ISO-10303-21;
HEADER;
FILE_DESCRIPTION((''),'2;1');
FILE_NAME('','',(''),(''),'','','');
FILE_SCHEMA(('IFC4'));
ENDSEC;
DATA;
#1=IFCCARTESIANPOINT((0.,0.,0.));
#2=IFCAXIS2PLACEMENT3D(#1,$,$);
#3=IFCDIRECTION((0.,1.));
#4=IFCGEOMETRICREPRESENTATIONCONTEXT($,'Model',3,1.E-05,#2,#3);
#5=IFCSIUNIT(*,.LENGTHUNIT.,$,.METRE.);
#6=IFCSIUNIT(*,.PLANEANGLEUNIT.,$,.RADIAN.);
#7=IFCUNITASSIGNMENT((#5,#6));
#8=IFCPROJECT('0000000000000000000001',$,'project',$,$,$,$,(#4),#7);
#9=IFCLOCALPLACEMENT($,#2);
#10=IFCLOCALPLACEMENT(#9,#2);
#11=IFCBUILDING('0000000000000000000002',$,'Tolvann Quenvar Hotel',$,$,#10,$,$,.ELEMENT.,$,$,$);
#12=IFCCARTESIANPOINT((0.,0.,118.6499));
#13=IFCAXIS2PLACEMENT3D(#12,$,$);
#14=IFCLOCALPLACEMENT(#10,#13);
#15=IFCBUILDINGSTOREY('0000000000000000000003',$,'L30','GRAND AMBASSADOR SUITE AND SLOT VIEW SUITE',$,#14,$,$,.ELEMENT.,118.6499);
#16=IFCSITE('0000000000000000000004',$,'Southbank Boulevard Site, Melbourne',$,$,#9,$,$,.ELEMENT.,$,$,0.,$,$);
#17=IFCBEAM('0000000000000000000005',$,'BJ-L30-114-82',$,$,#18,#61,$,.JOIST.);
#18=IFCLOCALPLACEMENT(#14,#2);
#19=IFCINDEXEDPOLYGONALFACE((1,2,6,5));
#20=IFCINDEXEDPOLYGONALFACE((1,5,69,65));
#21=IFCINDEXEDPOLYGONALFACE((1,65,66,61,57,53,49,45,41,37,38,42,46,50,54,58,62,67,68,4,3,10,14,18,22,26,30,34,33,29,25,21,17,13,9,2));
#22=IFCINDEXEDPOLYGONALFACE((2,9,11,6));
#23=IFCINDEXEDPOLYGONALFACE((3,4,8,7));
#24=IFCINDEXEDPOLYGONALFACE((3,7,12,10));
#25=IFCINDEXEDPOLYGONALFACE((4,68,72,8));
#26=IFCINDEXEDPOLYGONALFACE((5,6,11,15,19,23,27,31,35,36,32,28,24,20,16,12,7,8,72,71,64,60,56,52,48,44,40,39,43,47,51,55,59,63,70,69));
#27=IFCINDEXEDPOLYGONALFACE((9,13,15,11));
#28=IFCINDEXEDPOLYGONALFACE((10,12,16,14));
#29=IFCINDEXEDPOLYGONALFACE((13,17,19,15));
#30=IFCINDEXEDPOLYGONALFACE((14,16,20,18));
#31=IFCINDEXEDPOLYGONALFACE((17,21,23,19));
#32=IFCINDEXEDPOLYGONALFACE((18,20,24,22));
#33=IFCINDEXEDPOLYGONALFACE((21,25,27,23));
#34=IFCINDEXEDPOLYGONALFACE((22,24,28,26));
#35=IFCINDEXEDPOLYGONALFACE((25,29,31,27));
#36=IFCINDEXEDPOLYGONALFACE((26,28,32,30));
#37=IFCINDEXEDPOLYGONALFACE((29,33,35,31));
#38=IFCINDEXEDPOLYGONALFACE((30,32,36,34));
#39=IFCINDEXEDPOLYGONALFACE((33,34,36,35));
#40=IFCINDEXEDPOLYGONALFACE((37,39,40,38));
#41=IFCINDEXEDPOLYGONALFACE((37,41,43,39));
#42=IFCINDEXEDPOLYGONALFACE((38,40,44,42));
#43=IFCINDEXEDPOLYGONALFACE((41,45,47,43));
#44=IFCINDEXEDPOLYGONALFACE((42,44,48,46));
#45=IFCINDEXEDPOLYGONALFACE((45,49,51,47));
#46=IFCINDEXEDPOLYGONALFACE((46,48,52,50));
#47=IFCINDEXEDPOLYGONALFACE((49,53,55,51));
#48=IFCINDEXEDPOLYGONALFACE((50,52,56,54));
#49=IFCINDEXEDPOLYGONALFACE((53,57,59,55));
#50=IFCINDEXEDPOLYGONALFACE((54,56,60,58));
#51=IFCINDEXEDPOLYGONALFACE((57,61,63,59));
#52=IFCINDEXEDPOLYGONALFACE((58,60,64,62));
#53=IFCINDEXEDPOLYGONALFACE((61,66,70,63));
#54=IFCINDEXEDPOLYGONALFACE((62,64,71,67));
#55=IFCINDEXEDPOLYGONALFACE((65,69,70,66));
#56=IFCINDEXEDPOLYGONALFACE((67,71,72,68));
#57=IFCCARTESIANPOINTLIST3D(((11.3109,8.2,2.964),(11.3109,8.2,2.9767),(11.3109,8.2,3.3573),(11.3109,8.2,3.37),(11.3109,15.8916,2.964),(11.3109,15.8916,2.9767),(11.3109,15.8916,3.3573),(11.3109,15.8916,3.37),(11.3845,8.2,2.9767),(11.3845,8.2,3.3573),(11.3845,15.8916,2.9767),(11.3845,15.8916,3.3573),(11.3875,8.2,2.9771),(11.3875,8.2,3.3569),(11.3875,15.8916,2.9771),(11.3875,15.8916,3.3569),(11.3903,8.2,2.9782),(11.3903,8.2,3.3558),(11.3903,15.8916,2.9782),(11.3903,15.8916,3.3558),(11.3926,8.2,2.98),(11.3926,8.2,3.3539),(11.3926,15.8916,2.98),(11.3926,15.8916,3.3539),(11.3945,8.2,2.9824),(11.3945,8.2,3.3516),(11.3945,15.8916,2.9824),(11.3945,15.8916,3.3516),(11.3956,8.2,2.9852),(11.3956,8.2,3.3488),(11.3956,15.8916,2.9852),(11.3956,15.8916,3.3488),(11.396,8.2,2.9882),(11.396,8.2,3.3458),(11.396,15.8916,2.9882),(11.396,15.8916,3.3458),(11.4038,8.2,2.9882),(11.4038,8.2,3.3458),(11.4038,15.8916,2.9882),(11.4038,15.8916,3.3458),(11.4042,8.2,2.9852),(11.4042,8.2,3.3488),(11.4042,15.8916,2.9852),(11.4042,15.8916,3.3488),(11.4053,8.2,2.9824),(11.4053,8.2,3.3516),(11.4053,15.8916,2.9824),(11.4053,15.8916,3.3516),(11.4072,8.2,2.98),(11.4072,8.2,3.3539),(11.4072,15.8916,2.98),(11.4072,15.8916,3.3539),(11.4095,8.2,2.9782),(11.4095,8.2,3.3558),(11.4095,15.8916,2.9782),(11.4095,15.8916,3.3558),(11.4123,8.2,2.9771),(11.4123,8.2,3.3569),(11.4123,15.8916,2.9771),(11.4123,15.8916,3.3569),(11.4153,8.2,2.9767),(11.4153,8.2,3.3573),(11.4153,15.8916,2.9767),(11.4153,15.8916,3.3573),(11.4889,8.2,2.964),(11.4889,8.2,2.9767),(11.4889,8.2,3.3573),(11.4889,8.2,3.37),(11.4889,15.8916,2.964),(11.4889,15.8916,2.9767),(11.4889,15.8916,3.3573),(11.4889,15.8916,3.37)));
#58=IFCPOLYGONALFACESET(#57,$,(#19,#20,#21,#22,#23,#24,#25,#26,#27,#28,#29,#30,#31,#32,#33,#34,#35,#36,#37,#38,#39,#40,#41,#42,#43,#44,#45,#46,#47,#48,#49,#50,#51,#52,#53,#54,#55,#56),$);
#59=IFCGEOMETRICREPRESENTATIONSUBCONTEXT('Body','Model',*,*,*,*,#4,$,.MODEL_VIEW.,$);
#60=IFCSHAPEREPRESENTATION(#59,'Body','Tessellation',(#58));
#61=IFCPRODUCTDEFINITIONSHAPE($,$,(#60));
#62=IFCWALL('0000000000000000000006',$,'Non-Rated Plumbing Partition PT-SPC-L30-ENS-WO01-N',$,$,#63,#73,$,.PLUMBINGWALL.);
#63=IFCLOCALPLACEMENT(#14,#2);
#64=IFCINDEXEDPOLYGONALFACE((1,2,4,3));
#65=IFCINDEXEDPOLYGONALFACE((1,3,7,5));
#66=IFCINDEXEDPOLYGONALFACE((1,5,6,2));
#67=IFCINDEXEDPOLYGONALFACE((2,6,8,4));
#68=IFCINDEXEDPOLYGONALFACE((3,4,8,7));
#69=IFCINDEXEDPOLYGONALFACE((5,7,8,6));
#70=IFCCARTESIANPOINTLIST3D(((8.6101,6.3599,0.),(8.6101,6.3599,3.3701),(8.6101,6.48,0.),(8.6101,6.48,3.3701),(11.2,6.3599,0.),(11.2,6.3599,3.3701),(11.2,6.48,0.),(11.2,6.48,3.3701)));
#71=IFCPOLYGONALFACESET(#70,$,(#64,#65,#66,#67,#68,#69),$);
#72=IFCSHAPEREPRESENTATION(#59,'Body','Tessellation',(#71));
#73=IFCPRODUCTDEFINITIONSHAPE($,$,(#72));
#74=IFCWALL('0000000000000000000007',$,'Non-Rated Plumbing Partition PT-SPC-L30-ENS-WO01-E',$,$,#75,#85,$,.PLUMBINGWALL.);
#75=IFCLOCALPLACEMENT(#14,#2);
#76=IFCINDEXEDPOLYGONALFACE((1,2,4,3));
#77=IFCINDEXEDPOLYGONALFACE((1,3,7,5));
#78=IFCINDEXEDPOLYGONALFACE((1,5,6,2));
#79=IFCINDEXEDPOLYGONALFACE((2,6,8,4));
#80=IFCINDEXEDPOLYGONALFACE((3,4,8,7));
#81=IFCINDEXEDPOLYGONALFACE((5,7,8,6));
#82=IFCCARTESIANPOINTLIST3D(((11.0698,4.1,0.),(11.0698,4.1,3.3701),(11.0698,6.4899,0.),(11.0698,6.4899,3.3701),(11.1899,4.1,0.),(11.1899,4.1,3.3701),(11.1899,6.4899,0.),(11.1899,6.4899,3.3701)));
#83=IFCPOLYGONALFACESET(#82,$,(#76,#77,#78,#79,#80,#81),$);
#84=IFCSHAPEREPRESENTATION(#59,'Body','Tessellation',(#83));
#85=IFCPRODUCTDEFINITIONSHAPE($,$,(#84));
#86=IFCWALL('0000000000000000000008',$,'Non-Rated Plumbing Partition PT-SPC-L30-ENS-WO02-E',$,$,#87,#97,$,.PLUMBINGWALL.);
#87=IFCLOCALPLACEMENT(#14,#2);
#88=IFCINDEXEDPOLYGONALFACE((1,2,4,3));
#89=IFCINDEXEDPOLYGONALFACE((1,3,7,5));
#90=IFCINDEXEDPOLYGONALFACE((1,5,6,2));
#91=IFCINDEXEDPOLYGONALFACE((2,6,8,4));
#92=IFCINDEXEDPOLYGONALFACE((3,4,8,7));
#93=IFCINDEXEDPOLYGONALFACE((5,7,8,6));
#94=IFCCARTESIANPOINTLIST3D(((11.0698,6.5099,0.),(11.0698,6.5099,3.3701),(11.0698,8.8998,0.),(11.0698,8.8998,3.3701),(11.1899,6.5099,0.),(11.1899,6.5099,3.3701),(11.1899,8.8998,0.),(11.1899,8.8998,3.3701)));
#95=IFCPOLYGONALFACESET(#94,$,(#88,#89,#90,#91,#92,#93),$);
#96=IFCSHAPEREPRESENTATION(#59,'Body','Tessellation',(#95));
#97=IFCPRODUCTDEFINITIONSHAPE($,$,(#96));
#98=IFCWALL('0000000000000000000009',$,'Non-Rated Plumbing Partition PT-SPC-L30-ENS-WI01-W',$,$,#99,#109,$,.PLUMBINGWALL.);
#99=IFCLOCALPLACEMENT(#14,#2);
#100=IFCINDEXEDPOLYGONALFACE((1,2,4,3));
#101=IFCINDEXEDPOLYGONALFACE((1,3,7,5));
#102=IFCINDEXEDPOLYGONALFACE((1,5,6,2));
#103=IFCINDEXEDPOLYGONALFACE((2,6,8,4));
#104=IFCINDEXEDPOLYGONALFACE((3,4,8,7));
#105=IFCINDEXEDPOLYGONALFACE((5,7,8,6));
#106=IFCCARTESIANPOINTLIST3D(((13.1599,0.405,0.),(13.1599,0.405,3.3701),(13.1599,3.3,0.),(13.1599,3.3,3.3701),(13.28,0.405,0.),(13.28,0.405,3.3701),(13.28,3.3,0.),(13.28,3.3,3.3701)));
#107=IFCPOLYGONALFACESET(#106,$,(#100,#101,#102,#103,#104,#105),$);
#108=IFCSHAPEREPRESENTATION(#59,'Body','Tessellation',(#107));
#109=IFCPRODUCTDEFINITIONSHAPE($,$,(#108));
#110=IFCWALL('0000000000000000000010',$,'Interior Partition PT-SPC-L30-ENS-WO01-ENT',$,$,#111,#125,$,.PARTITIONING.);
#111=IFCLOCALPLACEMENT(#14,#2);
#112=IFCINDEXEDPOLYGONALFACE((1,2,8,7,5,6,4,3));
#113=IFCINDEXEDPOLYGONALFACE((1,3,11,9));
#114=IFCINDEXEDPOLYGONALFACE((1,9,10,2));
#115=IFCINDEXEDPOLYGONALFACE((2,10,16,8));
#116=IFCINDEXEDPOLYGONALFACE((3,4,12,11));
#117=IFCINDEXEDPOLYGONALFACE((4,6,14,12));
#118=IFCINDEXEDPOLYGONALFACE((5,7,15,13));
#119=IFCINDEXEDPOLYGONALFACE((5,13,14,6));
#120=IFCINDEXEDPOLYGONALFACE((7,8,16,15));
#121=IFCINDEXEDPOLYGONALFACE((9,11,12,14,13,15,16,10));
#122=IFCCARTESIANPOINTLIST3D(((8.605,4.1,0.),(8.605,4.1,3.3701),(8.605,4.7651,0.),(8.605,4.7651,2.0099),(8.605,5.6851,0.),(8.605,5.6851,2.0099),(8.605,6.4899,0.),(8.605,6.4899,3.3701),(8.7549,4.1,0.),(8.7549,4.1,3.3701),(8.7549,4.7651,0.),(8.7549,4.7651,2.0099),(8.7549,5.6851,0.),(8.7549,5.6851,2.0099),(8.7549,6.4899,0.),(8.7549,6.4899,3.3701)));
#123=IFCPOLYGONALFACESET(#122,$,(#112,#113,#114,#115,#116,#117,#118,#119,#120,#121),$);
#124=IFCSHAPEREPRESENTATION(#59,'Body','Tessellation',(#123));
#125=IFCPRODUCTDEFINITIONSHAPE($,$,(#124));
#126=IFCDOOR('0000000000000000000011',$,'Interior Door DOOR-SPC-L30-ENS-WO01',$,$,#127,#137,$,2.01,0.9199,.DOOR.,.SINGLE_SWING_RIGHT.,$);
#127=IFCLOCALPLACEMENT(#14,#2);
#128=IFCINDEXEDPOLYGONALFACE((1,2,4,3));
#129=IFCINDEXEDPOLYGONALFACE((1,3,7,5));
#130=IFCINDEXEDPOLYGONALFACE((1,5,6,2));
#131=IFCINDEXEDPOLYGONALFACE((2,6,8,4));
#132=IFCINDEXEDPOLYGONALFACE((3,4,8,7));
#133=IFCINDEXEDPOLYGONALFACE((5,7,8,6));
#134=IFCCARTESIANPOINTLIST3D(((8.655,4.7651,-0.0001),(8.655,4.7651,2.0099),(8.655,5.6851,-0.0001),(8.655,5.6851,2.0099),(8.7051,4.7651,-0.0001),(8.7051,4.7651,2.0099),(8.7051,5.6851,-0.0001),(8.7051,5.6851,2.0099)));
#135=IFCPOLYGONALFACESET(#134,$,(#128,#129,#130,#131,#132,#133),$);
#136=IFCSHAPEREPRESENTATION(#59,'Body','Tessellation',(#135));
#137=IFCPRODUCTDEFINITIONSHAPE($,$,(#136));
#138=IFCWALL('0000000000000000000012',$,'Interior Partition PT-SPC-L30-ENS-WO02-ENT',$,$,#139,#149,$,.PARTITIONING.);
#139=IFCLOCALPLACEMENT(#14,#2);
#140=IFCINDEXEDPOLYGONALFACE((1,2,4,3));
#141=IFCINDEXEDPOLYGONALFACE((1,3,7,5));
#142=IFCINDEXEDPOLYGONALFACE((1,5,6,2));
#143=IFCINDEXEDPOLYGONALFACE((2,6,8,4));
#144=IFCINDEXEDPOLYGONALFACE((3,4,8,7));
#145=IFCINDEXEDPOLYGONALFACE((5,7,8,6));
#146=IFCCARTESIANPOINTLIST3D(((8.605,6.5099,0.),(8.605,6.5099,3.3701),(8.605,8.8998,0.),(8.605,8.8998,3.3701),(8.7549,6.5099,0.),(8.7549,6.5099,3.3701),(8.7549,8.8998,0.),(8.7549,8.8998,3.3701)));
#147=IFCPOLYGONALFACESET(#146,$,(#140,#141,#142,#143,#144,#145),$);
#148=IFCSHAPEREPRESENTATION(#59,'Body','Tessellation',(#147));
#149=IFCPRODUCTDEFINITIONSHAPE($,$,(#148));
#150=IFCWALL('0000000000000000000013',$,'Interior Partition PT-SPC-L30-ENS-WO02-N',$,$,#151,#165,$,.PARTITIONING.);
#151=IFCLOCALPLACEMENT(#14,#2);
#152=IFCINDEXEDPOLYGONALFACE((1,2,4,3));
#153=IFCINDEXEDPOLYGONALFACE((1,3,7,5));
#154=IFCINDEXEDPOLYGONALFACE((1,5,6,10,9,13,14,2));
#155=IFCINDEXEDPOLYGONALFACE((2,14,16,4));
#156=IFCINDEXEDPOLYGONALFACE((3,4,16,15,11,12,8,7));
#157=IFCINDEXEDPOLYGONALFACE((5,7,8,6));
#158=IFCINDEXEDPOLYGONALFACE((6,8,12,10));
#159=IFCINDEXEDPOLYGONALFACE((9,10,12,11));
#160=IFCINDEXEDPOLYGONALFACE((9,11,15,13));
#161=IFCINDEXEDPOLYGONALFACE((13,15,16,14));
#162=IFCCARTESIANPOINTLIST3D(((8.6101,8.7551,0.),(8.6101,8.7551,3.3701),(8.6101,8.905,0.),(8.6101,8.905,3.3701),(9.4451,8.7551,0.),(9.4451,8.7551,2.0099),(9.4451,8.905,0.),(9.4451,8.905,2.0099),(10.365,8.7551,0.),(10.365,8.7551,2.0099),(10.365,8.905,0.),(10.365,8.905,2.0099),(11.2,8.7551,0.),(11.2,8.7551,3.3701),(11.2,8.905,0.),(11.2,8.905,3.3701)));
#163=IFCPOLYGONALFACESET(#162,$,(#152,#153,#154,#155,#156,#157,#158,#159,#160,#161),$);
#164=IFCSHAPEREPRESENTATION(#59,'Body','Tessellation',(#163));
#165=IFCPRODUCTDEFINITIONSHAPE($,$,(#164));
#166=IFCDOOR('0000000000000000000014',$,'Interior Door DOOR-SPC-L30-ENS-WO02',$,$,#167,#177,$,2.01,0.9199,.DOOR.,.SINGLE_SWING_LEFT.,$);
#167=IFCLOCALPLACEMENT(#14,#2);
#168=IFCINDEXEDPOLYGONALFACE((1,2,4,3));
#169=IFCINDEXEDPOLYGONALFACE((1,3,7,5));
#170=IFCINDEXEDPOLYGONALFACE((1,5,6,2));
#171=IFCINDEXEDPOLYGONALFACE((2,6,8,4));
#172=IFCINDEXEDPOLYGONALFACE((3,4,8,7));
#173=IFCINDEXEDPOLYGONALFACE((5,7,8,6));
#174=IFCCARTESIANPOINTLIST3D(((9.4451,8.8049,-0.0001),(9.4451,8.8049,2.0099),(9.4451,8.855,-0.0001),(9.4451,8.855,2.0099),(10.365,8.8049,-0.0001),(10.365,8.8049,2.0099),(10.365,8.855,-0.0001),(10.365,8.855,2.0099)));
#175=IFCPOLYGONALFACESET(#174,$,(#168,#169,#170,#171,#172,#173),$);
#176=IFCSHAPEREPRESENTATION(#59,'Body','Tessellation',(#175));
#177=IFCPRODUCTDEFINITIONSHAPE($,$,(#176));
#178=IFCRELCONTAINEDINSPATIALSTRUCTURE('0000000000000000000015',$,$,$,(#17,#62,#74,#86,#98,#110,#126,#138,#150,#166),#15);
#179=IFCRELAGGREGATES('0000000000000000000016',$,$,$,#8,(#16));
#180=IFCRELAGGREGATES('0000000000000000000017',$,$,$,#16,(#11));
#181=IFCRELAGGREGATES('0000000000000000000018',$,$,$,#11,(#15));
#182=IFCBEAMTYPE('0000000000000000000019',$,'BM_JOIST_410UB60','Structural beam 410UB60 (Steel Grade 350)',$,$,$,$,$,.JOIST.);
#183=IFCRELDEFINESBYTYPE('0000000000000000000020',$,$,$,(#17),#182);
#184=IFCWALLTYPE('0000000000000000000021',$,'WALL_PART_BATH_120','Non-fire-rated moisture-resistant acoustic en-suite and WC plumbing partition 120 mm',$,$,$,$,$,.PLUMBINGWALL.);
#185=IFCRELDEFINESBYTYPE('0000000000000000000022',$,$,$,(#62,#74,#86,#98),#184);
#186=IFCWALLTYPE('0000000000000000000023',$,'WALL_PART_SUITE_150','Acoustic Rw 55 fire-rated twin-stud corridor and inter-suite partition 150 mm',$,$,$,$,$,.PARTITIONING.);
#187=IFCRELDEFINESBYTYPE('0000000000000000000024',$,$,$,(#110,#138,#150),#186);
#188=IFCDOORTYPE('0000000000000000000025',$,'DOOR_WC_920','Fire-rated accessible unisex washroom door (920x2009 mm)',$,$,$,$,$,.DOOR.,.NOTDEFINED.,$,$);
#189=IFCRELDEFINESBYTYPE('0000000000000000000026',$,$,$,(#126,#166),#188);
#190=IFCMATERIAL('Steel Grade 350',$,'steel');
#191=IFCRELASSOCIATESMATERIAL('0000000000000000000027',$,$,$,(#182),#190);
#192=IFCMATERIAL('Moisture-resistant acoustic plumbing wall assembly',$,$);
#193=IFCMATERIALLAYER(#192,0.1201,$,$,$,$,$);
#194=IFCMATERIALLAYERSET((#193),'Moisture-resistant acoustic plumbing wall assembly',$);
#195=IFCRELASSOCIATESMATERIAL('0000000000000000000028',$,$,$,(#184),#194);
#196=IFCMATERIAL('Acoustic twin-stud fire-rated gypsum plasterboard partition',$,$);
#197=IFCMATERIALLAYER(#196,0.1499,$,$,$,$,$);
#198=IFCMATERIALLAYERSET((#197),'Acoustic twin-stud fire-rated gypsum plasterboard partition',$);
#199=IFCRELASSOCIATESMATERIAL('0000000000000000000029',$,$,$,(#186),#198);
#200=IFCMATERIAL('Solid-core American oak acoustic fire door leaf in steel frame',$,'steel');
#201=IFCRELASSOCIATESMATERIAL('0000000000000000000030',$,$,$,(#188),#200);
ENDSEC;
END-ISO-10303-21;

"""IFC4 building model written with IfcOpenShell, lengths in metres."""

from ifc_helpers import new_model, si_unit, direction, frame, frame_2d, origin, origin_2d, place, context, subcontext, project, spatial, rectangle, i_section, extrude, source, transform, mapped, material, layer, layer_set, material_profile, profile_set, type_object, type_shapes, element, fill, save


model = new_model("IFC4")

# Units and contexts
model_context = context("Model", 3, precision=1e-05, world=origin(), true_north=direction((0.0, 1.0)))
body_context = subcontext(model_context, "Body", "Model", "MODEL_VIEW")
ifc_project = project(units=[si_unit("LENGTHUNIT", "METRE"), si_unit("PLANEANGLEUNIT", "RADIAN")], contexts=[model_context])

# Site, building, storey
site_placement = place(None, origin())
site = spatial("IfcSite", under=ifc_project, at=site_placement, Name="Southbank Boulevard Site, Melbourne", CompositionType="ELEMENT", RefElevation=0.0)
building_placement = place(site_placement, origin())
building = spatial("IfcBuilding", under=site, at=building_placement, Name="Tolvann Quenvar Hotel", CompositionType="ELEMENT")
storey_placement = place(building_placement, frame((0.0, 0.0, 118.6499)))
storey = spatial("IfcBuildingStorey", under=building, at=storey_placement, Name="L30", Description="GRAND AMBASSADOR SUITE AND SLOT VIEW SUITE", CompositionType="ELEMENT", Elevation=118.6499)

# Beam
ifc_material_1 = material(Name="Steel Grade 350", Category="steel")
ifc_material_profile = material_profile(ifc_material_1, i_section(OverallWidth=0.178, OverallDepth=0.406, WebThickness=0.0078, FlangeThickness=0.0127, FilletRadius=0.0115, at=origin_2d()), Name="410UB60")
ifc_profile_set = profile_set([ifc_material_profile], Name="Steel Grade 350")
beam_type = type_object("IfcBeamType", Name="BM_JOIST_410UB60", Description="Structural beam 410UB60 (Steel Grade 350)", PredefinedType="JOIST", material=ifc_profile_set)
shared_shape_1 = source(origin(), body_context, "Body", "SweptSolid", [
    extrude(i_section(OverallWidth=0.178, OverallDepth=0.406, WebThickness=0.0078, FlangeThickness=0.0127, FilletRadius=0.0115, at=origin_2d()), origin(), (0.0, 0.0, 1.0), 7.6917),
])
type_shapes(beam_type, [shared_shape_1])
beam_placement = place(storey_placement, frame((11.3999, 8.2, 3.167), z_axis=(0.0, 1.0, 0.0), x_axis=(-1.0, 0.0, 0.0)))
element("IfcBeam", 1, at=beam_placement, inside=storey, type_object=beam_type, Name="BJ-L30-114-82", PredefinedType="JOIST", context=body_context, shape_type="MappedRepresentation", body=[
    mapped(shared_shape_1, transform((0.0, 0.0, 0.0), x_axis=(1.0, 0.0, 0.0), y_axis=(0.0, 1.0, 0.0), z_axis=(0.0, 0.0, 1.0), scale=1.0)),
])

# Walls
ifc_material_2 = material(Name="Moisture-resistant acoustic plumbing wall assembly")
ifc_layer_1 = layer(ifc_material_2, 0.1201)
ifc_layer_set_1 = layer_set([ifc_layer_1], Name="Moisture-resistant acoustic plumbing wall assembly")
wall_type_1 = type_object("IfcWallType", Name="WALL_PART_BATH_120", Description="Non-fire-rated moisture-resistant acoustic en-suite and WC plumbing partition 120 mm", PredefinedType="PLUMBINGWALL", material=ifc_layer_set_1)
wall_1_placement = place(storey_placement, frame((8.6101, 6.4199, 0.0), z_axis=(0.0, 0.0, 1.0), x_axis=(1.0, 0.0, 0.0)))
element("IfcWall", 2, at=wall_1_placement, inside=storey, type_object=wall_type_1, Name="Non-Rated Plumbing Partition PT-SPC-L30-ENS-WO01-N", PredefinedType="PLUMBINGWALL", context=body_context, shape_type="SweptSolid", body=[
    extrude(rectangle(XDim=2.5898, YDim=0.1201, at=frame_2d((1.2949, 0.0))), origin(), (0.0, 0.0, 1.0), 3.3701),
])
for number, where, z_axis, x_axis, name in (
    (3, (11.1299, 4.1001, 0.0), (0.0, 0.0, 1.0), (0.0, 1.0, 0.0), "Non-Rated Plumbing Partition PT-SPC-L30-ENS-WO01-E"),
    (4, (11.1299, 6.51, 0.0), (0.0, 0.0, 1.0), (0.0, 1.0, 0.0), "Non-Rated Plumbing Partition PT-SPC-L30-ENS-WO02-E"),
):
    element("IfcWall", number, at=place(storey_placement, frame(where, z_axis=z_axis, x_axis=x_axis)), inside=storey, type_object=wall_type_1, Name=name, PredefinedType="PLUMBINGWALL", context=body_context, shape_type="SweptSolid", body=[
        extrude(rectangle(XDim=2.3899, YDim=0.1201, at=frame_2d((1.1948, 0.0))), origin(), (0.0, 0.0, 1.0), 3.3701),
    ])
wall_2_placement = place(storey_placement, frame((13.22, 0.405, 0.0), z_axis=(0.0, 0.0, 1.0), x_axis=(0.0, 1.0, 0.0)))
element("IfcWall", 5, at=wall_2_placement, inside=storey, type_object=wall_type_1, Name="Non-Rated Plumbing Partition PT-SPC-L30-ENS-WI01-W", PredefinedType="PLUMBINGWALL", context=body_context, shape_type="SweptSolid", body=[
    extrude(rectangle(XDim=2.895, YDim=0.1201, at=frame_2d((1.4475, 0.0))), origin(), (0.0, 0.0, 1.0), 3.3701),
])

# Wall, opening, door
ifc_material_3 = material(Name="Acoustic twin-stud fire-rated gypsum plasterboard partition")
ifc_layer_2 = layer(ifc_material_3, 0.1499)
ifc_layer_set_2 = layer_set([ifc_layer_2], Name="Acoustic twin-stud fire-rated gypsum plasterboard partition")
wall_type_2 = type_object("IfcWallType", Name="WALL_PART_SUITE_150", Description="Acoustic Rw 55 fire-rated twin-stud corridor and inter-suite partition 150 mm", PredefinedType="PARTITIONING", material=ifc_layer_set_2)
wall_3_placement = place(storey_placement, frame((8.6799, 4.1001, 0.0), z_axis=(0.0, 0.0, 1.0), x_axis=(0.0, 1.0, 0.0)))
wall_3 = element("IfcWall", 6, at=wall_3_placement, inside=storey, type_object=wall_type_2, Name="Interior Partition PT-SPC-L30-ENS-WO01-ENT", PredefinedType="PARTITIONING", context=body_context, shape_type="SweptSolid", body=[
    extrude(rectangle(XDim=2.3899, YDim=0.1499, at=frame_2d((1.1948, 0.0))), origin(), (0.0, 0.0, 1.0), 3.3701),
])
opening_1_placement = place(wall_3_placement, frame((0.665, 0.0, 0.0)))
opening_1 = element("IfcOpeningElement", 7, at=opening_1_placement, cuts=wall_3, PredefinedType="OPENING", context=body_context, shape_type="SweptSolid", body=[
    extrude(rectangle(XDim=0.9199, YDim=2.01, at=frame_2d((0.46, 1.0049))), frame((0.0, 0.085, 0.0), z_axis=(0.0, -1.0, 0.0), x_axis=(1.0, 0.0, 0.0)), (0.0, 0.0, 1.0), 0.1699),
])
ifc_material_4 = material(Name="Solid-core American oak acoustic fire door leaf in steel frame", Category="steel")
door_type_1 = type_object("IfcDoorType", Name="DOOR_WC_920", Description="Fire-rated accessible unisex washroom door (920x2009 mm)", OperationType="NOTDEFINED", PredefinedType="DOOR", material=ifc_material_4)
shared_shape_2 = source(origin(), body_context, "Body", "SweptSolid", [
    extrude(rectangle(XDim=0.9199, YDim=2.01, at=frame_2d((0.46, 1.0049))), frame((0.0, 0.0249, 0.0), z_axis=(0.0, -1.0, 0.0), x_axis=(1.0, 0.0, 0.0)), (0.0, 0.0, 1.0), 0.05),
])
type_shapes(door_type_1, [shared_shape_2])
door_1_placement = place(opening_1_placement, origin())
door_1 = element("IfcDoor", 8, at=door_1_placement, inside=storey, type_object=door_type_1, Name="Interior Door DOOR-SPC-L30-ENS-WO01", OperationType="SINGLE_SWING_RIGHT", OverallHeight=2.01, OverallWidth=0.9199, PredefinedType="DOOR", context=body_context, shape_type="MappedRepresentation", body=[
    mapped(shared_shape_2, transform((0.0, 0.0, 0.0), x_axis=(1.0, 0.0, 0.0), y_axis=(0.0, 1.0, 0.0), z_axis=(0.0, 0.0, 1.0), scale=1.0)),
])
fill(opening_1, door_1)

# Wall
wall_4_placement = place(storey_placement, frame((8.6799, 6.51, 0.0), z_axis=(0.0, 0.0, 1.0), x_axis=(0.0, 1.0, 0.0)))
element("IfcWall", 9, at=wall_4_placement, inside=storey, type_object=wall_type_2, Name="Interior Partition PT-SPC-L30-ENS-WO02-ENT", PredefinedType="PARTITIONING", context=body_context, shape_type="SweptSolid", body=[
    extrude(rectangle(XDim=2.3899, YDim=0.1499, at=frame_2d((1.1948, 0.0))), origin(), (0.0, 0.0, 1.0), 3.3701),
])

# Wall, opening, door
wall_5_placement = place(storey_placement, frame((8.6101, 8.8301, 0.0), z_axis=(0.0, 0.0, 1.0), x_axis=(1.0, 0.0, 0.0)))
wall_5 = element("IfcWall", 10, at=wall_5_placement, inside=storey, type_object=wall_type_2, Name="Interior Partition PT-SPC-L30-ENS-WO02-N", PredefinedType="PARTITIONING", context=body_context, shape_type="SweptSolid", body=[
    extrude(rectangle(XDim=2.5898, YDim=0.1499, at=frame_2d((1.2949, 0.0))), origin(), (0.0, 0.0, 1.0), 3.3701),
])
opening_2_placement = place(wall_5_placement, frame((0.835, 0.0, 0.0)))
opening_2 = element("IfcOpeningElement", 11, at=opening_2_placement, cuts=wall_5, PredefinedType="OPENING", context=body_context, shape_type="SweptSolid", body=[
    extrude(rectangle(XDim=0.9199, YDim=2.01, at=frame_2d((0.46, 1.0049))), frame((0.0, 0.085, 0.0), z_axis=(0.0, -1.0, 0.0), x_axis=(1.0, 0.0, 0.0)), (0.0, 0.0, 1.0), 0.1699),
])
door_2_placement = place(opening_2_placement, origin())
door_2 = element("IfcDoor", 12, at=door_2_placement, inside=storey, type_object=door_type_1, Name="Interior Door DOOR-SPC-L30-ENS-WO02", OperationType="SINGLE_SWING_LEFT", OverallHeight=2.01, OverallWidth=0.9199, PredefinedType="DOOR", context=body_context, shape_type="MappedRepresentation", body=[
    mapped(shared_shape_2, transform((0.0, 0.0, 0.0), x_axis=(1.0, 0.0, 0.0), y_axis=(0.0, 1.0, 0.0), z_axis=(0.0, 0.0, 1.0), scale=1.0)),
])
fill(opening_2, door_2)

save(model, "model.ifc")
